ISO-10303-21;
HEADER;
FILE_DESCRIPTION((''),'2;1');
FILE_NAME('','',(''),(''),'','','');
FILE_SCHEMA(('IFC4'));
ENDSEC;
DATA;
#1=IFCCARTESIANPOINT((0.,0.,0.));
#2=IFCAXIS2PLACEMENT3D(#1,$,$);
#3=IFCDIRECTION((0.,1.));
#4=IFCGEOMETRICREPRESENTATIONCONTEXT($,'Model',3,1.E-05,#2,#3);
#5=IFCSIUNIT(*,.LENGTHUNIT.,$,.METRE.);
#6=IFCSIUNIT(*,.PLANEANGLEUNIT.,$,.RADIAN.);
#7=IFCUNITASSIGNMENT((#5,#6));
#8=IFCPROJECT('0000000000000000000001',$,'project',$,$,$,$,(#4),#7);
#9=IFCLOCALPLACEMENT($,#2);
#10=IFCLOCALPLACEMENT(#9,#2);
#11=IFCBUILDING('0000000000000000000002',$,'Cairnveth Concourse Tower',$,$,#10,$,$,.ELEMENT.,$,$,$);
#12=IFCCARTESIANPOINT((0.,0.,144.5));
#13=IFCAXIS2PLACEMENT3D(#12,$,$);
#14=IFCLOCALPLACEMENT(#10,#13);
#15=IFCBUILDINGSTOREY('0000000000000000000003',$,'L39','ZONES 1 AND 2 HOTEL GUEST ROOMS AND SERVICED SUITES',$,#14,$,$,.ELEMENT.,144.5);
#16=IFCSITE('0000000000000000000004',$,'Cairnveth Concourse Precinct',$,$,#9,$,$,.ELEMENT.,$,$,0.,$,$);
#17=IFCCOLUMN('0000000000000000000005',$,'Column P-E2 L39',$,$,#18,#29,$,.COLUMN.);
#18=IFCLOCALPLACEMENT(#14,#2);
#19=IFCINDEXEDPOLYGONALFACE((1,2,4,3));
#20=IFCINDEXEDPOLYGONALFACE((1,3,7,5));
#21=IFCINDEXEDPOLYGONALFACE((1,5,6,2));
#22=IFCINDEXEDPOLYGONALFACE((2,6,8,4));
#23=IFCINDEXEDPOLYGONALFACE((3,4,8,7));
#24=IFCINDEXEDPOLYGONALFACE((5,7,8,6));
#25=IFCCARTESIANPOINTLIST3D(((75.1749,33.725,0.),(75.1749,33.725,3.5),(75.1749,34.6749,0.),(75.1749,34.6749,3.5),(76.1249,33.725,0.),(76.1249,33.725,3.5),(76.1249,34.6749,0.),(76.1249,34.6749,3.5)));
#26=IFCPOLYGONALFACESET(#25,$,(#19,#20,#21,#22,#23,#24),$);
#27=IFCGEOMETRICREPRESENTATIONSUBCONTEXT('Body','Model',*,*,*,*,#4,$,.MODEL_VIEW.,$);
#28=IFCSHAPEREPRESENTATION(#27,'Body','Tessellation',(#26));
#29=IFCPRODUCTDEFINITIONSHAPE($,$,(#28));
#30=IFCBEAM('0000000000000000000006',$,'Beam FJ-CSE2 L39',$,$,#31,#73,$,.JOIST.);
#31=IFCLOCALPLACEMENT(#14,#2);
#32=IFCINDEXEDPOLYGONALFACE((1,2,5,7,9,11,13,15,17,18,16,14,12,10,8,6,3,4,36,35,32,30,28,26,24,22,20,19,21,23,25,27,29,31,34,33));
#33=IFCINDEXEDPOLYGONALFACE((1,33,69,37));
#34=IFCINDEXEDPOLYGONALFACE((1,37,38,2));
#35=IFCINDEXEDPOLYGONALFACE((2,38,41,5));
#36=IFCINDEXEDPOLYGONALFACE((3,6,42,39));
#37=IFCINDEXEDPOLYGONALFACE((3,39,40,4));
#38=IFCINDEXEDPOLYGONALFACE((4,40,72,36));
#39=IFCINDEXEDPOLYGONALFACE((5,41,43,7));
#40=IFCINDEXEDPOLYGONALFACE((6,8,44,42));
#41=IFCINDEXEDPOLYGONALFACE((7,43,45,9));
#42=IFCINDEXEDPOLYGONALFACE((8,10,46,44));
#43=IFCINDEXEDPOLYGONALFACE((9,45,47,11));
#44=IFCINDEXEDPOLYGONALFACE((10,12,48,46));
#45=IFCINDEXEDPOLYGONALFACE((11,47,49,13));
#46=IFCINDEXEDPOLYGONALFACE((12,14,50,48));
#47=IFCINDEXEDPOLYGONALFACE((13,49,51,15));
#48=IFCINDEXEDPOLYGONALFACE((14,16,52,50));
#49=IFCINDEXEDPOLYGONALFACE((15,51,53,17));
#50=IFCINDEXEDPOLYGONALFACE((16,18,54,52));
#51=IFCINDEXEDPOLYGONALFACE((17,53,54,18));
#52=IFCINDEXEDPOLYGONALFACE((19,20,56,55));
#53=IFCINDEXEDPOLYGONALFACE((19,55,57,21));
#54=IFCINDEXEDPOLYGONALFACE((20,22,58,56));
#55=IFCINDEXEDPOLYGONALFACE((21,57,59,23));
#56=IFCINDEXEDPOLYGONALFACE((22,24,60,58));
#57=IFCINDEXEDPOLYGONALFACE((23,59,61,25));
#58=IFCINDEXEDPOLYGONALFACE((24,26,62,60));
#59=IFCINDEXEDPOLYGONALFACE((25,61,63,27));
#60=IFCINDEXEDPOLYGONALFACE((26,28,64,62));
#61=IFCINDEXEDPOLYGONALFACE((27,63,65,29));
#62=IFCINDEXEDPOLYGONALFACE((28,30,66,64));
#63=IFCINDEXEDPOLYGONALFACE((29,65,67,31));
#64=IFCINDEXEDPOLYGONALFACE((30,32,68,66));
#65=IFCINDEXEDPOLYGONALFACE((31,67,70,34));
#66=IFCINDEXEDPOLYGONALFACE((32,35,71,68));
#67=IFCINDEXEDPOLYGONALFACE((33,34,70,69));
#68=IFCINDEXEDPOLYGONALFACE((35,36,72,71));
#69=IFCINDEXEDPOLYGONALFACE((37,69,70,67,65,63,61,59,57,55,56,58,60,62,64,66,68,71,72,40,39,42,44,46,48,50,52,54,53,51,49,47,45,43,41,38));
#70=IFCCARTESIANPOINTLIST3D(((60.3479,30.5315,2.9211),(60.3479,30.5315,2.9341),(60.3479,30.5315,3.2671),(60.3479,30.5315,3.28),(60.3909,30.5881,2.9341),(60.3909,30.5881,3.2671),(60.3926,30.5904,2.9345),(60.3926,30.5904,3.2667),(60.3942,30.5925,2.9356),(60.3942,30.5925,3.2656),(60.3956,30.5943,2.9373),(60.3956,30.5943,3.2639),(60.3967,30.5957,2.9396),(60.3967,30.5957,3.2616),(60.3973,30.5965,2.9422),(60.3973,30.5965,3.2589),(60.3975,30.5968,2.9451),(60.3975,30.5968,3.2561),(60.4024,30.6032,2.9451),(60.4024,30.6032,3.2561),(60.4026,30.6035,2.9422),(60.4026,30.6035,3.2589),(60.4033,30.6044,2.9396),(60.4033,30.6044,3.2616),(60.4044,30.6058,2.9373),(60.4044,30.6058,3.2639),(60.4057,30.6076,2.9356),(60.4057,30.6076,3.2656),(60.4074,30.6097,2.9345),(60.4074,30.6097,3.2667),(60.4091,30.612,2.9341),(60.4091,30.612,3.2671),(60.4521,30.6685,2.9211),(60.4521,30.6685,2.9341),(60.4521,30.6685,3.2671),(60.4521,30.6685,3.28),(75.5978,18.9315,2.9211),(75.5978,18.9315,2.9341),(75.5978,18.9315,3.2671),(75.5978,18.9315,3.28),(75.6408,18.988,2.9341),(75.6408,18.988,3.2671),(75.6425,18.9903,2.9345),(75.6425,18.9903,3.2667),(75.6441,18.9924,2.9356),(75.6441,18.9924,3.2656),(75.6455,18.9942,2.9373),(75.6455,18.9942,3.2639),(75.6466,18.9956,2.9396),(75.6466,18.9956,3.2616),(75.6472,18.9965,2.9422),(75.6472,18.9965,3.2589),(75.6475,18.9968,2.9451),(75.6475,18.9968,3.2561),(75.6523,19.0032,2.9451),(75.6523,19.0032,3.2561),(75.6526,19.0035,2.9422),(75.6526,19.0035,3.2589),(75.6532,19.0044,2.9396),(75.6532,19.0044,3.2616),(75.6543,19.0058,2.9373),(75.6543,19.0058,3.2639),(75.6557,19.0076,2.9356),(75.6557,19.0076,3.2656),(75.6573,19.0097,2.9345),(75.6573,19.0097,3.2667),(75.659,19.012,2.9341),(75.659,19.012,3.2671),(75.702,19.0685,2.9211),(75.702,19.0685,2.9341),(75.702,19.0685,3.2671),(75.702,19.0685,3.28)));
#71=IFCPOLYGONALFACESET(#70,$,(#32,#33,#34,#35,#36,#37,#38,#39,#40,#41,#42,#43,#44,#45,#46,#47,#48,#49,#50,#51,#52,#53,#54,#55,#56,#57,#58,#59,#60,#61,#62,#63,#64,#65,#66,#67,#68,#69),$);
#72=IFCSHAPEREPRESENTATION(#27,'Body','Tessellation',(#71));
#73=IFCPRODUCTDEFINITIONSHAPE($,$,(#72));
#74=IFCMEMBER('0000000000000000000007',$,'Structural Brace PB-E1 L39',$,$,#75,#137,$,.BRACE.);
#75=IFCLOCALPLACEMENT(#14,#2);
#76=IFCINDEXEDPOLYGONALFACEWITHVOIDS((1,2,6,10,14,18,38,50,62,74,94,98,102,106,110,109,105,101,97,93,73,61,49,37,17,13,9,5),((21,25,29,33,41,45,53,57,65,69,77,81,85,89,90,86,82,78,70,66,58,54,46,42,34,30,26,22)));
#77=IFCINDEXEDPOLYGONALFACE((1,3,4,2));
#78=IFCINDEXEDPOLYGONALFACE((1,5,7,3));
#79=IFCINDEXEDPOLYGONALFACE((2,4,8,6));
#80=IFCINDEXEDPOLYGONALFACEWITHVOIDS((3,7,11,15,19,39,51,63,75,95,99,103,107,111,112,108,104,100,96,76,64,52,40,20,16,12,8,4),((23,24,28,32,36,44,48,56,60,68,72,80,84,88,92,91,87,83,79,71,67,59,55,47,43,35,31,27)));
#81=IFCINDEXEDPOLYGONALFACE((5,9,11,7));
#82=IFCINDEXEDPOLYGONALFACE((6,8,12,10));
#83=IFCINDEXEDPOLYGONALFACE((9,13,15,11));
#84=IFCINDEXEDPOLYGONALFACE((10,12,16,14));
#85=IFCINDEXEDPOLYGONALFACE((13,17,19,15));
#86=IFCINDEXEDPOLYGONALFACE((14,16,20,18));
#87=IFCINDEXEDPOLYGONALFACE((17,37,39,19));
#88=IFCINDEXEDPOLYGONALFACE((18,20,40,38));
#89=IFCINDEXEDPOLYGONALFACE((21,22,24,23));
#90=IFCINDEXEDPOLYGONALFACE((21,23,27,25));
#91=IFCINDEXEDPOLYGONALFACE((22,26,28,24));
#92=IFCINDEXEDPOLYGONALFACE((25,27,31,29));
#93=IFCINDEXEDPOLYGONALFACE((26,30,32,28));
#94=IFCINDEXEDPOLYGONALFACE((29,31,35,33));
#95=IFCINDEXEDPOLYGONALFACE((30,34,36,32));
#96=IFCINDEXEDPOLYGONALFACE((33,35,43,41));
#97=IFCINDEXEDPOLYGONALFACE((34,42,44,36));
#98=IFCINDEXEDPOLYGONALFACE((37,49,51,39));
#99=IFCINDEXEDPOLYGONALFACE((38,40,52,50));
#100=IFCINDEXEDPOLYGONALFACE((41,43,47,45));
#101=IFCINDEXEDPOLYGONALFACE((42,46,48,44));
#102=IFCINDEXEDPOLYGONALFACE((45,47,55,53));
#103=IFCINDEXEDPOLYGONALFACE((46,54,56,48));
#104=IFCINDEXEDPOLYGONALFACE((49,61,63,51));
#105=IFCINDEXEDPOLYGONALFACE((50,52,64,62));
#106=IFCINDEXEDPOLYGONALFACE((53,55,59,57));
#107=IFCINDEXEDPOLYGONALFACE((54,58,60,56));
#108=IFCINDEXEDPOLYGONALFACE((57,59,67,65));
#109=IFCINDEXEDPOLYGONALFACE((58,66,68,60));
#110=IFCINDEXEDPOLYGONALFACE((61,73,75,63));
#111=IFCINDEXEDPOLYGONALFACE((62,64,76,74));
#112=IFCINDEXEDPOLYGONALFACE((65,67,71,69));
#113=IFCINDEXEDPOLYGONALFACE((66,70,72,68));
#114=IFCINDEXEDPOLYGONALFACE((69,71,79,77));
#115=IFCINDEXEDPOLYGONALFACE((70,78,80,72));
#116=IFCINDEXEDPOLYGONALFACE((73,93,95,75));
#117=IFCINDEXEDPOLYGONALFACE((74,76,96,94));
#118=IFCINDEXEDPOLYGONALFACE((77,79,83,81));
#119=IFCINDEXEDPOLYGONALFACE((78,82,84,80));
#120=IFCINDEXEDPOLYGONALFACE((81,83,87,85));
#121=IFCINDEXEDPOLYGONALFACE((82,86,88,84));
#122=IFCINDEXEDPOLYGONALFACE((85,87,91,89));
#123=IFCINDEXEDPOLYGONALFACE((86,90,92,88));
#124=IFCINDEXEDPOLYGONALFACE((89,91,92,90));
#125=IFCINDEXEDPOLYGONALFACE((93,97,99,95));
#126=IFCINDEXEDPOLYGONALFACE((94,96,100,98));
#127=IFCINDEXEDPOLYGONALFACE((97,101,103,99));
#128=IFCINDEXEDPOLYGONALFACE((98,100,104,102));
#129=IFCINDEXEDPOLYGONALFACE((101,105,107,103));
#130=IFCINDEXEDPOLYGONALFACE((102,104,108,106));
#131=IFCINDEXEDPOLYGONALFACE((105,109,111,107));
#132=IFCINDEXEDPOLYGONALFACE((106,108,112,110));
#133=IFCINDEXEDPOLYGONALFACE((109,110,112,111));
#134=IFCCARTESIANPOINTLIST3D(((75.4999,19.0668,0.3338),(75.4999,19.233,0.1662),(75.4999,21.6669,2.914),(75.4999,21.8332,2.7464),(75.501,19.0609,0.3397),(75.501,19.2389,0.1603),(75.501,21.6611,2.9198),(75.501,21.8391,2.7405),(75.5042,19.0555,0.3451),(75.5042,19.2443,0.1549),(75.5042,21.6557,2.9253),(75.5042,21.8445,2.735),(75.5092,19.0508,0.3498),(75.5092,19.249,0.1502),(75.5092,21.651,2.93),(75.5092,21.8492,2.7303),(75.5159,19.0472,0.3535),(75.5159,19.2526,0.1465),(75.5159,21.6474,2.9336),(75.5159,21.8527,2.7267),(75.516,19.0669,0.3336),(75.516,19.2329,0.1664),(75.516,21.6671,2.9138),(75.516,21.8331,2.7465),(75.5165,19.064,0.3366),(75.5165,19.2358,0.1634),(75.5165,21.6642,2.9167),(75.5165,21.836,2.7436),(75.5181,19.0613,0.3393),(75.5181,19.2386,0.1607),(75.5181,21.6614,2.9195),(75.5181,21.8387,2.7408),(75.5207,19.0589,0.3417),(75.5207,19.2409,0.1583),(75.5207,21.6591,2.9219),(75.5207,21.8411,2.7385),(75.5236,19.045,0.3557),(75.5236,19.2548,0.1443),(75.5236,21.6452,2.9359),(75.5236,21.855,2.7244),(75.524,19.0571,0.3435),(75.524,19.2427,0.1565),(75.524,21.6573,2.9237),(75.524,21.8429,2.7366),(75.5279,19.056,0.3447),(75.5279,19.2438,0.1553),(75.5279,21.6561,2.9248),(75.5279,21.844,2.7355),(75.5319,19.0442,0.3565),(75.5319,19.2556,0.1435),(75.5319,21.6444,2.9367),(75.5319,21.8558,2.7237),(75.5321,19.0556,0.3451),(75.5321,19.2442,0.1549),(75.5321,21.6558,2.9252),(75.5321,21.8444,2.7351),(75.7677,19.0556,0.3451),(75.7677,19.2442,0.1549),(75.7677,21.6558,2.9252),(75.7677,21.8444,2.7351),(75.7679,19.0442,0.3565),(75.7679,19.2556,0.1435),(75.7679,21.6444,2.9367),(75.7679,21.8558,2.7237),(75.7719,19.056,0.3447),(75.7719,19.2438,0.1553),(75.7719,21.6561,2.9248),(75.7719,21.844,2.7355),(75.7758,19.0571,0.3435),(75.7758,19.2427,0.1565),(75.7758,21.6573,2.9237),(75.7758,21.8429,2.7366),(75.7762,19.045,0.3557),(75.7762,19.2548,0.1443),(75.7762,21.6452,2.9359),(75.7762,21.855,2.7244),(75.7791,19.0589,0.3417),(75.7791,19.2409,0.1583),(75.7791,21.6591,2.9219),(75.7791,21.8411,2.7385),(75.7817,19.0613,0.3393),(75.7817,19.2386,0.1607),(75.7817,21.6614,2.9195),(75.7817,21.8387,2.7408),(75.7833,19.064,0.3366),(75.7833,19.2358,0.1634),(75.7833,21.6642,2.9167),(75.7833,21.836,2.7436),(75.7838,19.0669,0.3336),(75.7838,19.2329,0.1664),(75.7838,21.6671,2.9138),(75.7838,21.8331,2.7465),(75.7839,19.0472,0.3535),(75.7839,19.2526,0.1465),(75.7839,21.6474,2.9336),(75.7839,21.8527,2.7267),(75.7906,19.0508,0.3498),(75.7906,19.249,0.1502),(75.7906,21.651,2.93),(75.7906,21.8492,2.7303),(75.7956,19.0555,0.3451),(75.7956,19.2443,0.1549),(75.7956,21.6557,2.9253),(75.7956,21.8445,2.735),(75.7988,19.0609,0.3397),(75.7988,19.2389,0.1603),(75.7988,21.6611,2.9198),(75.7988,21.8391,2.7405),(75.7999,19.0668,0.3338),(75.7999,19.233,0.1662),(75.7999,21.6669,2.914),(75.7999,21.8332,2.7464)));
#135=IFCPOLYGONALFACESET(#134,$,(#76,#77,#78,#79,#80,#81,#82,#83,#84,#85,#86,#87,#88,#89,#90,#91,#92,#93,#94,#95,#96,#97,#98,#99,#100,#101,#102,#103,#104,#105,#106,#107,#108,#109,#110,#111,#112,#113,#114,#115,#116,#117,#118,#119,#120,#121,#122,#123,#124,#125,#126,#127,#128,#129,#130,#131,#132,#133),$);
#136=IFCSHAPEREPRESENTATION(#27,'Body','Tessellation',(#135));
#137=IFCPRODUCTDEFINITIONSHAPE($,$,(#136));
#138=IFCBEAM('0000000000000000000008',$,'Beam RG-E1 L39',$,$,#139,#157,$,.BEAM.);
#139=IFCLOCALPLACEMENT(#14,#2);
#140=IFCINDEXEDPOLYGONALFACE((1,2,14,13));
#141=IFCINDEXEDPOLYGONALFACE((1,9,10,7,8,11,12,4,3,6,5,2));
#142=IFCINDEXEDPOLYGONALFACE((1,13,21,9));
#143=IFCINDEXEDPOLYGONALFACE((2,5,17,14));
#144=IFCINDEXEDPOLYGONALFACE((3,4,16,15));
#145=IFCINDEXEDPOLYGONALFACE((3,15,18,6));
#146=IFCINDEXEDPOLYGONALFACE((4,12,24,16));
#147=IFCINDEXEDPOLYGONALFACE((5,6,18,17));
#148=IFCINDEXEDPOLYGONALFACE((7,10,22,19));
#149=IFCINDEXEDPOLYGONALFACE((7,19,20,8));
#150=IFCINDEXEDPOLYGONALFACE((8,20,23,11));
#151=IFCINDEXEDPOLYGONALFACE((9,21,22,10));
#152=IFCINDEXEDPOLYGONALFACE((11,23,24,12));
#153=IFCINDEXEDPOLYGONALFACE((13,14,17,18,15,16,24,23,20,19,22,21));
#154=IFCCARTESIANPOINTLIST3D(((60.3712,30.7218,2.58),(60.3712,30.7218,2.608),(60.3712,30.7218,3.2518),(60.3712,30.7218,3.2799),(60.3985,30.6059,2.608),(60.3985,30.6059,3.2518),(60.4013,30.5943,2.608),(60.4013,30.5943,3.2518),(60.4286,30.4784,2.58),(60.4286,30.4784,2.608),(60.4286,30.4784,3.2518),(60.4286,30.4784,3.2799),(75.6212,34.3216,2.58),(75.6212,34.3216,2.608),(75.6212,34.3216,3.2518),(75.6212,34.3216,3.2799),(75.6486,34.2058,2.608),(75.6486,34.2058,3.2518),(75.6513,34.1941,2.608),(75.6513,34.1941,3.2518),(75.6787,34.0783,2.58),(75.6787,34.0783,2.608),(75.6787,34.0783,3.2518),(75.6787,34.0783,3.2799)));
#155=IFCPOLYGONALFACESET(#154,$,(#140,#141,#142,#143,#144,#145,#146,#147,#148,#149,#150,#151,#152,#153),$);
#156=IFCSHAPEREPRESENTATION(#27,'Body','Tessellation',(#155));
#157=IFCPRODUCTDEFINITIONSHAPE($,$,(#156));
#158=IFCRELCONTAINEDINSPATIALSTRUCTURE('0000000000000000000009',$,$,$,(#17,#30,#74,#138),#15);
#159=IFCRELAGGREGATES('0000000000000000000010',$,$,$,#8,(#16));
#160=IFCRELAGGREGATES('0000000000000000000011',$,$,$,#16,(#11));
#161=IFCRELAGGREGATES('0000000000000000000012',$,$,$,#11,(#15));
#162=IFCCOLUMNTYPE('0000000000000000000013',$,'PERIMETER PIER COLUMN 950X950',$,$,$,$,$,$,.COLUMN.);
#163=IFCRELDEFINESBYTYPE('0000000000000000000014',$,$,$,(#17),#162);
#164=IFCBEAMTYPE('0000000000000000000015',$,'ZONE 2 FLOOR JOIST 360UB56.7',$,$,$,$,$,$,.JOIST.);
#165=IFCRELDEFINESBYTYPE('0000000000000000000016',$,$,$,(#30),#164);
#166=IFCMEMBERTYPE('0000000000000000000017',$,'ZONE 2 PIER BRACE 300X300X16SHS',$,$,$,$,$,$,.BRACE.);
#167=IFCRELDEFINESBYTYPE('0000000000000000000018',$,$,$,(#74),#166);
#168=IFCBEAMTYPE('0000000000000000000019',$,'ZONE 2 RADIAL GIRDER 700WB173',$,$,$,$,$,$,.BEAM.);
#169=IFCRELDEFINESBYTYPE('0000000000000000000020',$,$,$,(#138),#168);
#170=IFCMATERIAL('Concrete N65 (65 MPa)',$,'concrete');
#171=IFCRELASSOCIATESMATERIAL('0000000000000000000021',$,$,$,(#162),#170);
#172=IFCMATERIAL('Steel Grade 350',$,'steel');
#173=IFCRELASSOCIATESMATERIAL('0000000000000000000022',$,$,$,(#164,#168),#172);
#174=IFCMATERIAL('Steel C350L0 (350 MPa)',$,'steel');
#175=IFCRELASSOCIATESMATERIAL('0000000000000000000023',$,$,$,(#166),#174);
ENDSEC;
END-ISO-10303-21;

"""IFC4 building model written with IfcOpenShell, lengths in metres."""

from ifc_helpers import new_model, si_unit, direction, frame, origin, origin_2d, place, context, subcontext, project, spatial, rectangle, hollow_rectangle, i_section, extrude, material, material_profile, profile_set, type_object, element, save


model = new_model("IFC4")

# Units and contexts
model_context = context("Model", 3, precision=1e-05, world=origin(), true_north=direction((0.0, 1.0)))
body_context = subcontext(model_context, "Body", "Model", "MODEL_VIEW")
ifc_project = project(units=[si_unit("LENGTHUNIT", "METRE"), si_unit("PLANEANGLEUNIT", "RADIAN")], contexts=[model_context])

# Site, building, storey
site_placement = place(None, origin())
site = spatial("IfcSite", under=ifc_project, at=site_placement, Name="Cairnveth Concourse Precinct", CompositionType="ELEMENT", RefElevation=0.0)
building_placement = place(site_placement, origin())
building = spatial("IfcBuilding", under=site, at=building_placement, Name="Cairnveth Concourse Tower", CompositionType="ELEMENT")
storey_placement = place(building_placement, frame((0.0, 0.0, 144.5)))
storey = spatial("IfcBuildingStorey", under=building, at=storey_placement, Name="L39", Description="ZONES 1 AND 2 HOTEL GUEST ROOMS AND SERVICED SUITES", CompositionType="ELEMENT", Elevation=144.5)

# Column
ifc_material_1 = material(Name="Concrete N65 (65 MPa)", Category="concrete")
ifc_material_profile_1 = material_profile(ifc_material_1, rectangle(XDim=0.95, YDim=0.95, at=origin_2d()), Name="RC-COL-950x950")
ifc_profile_set_1 = profile_set([ifc_material_profile_1], Name="Concrete N65 (65 MPa)")
column_type = type_object("IfcColumnType", Name="PERIMETER PIER COLUMN 950X950", PredefinedType="COLUMN", material=ifc_profile_set_1)
column_placement = place(storey_placement, frame((75.6499, 34.2, 0.0), z_axis=(0.0, 0.0, 1.0), x_axis=(0.0, 1.0, 0.0)))
element("IfcColumn", 1, at=column_placement, inside=storey, type_object=column_type, Name="Column P-E2 L39", PredefinedType="COLUMN", context=body_context, shape_type="SweptSolid", body=[
    extrude(rectangle(XDim=0.95, YDim=0.95, at=origin_2d()), origin(), (0.0, 0.0, 1.0), 3.5),
])

# Beam
ifc_material_2 = material(Name="Steel Grade 350", Category="steel")
ifc_material_profile_2 = material_profile(ifc_material_2, i_section(OverallWidth=0.1721, OverallDepth=0.3589, WebThickness=0.0081, FlangeThickness=0.0129, FilletRadius=0.011, at=origin_2d()), Name="360UB56.7")
ifc_profile_set_2 = profile_set([ifc_material_profile_2], Name="Steel Grade 350")
beam_type_1 = type_object("IfcBeamType", Name="ZONE 2 FLOOR JOIST 360UB56.7", PredefinedType="JOIST", material=ifc_profile_set_2)
beam_1_placement = place(storey_placement, frame((75.6499, 19.0, 3.1006), z_axis=(-0.795908, 0.605417, 0.0), x_axis=(-0.605417, -0.795908, 0.0)))
element("IfcBeam", 2, at=beam_1_placement, inside=storey, type_object=beam_type_1, Name="Beam FJ-CSE2 L39", PredefinedType="JOIST", context=body_context, shape_type="SweptSolid", body=[
    extrude(i_section(OverallWidth=0.1721, OverallDepth=0.3589, WebThickness=0.0081, FlangeThickness=0.0129, FilletRadius=0.011, at=origin_2d()), origin(), (0.0, 0.0, 1.0), 19.1604),
])

# Member
ifc_material_3 = material(Name="Steel C350L0 (350 MPa)", Category="steel")
ifc_material_profile_3 = material_profile(ifc_material_3, hollow_rectangle(XDim=0.3, YDim=0.3, WallThickness=0.0161, InnerFilletRadius=0.0161, OuterFilletRadius=0.032, at=origin_2d()), Name="300x300x16.0SHS")
ifc_profile_set_3 = profile_set([ifc_material_profile_3], Name="Steel C350L0 (350 MPa)")
member_type = type_object("IfcMemberType", Name="ZONE 2 PIER BRACE 300X300X16SHS", PredefinedType="BRACE", material=ifc_profile_set_3)
member_placement = place(storey_placement, frame((75.6499, 19.1499, 0.25), z_axis=(0.0, 0.709834, 0.704369), x_axis=(-1.0, 0.0, 0.0)))
element("IfcMember", 3, at=member_placement, inside=storey, type_object=member_type, Name="Structural Brace PB-E1 L39", PredefinedType="BRACE", context=body_context, shape_type="SweptSolid", body=[
    extrude(hollow_rectangle(XDim=0.3, YDim=0.3, WallThickness=0.0161, InnerFilletRadius=0.0161, OuterFilletRadius=0.032, at=origin_2d()), origin(), (0.0, 0.0, 1.0), 3.6631),
])

# Beam
ifc_material_profile_4 = material_profile(ifc_material_2, i_section(OverallWidth=0.25, OverallDepth=0.7, WebThickness=0.012, FlangeThickness=0.0281, at=origin_2d()), Name="700WB173")
ifc_profile_set_4 = profile_set([ifc_material_profile_4], Name="Steel Grade 350")
beam_type_2 = type_object("IfcBeamType", Name="ZONE 2 RADIAL GIRDER 700WB173", PredefinedType="BEAM", material=ifc_profile_set_4)
beam_2_placement = place(storey_placement, frame((60.3999, 30.6001, 2.9299), z_axis=(0.973252, 0.229742, 0.0), x_axis=(-0.229742, 0.973252, 0.0)))
element("IfcBeam", 4, at=beam_2_placement, inside=storey, type_object=beam_type_2, Name="Beam RG-E1 L39", PredefinedType="BEAM", context=body_context, shape_type="SweptSolid", body=[
    extrude(i_section(OverallWidth=0.25, OverallDepth=0.7, WebThickness=0.012, FlangeThickness=0.0281, at=origin_2d()), origin(), (0.0, 0.0, 1.0), 15.6692),
])

save(model, "model.ifc")
